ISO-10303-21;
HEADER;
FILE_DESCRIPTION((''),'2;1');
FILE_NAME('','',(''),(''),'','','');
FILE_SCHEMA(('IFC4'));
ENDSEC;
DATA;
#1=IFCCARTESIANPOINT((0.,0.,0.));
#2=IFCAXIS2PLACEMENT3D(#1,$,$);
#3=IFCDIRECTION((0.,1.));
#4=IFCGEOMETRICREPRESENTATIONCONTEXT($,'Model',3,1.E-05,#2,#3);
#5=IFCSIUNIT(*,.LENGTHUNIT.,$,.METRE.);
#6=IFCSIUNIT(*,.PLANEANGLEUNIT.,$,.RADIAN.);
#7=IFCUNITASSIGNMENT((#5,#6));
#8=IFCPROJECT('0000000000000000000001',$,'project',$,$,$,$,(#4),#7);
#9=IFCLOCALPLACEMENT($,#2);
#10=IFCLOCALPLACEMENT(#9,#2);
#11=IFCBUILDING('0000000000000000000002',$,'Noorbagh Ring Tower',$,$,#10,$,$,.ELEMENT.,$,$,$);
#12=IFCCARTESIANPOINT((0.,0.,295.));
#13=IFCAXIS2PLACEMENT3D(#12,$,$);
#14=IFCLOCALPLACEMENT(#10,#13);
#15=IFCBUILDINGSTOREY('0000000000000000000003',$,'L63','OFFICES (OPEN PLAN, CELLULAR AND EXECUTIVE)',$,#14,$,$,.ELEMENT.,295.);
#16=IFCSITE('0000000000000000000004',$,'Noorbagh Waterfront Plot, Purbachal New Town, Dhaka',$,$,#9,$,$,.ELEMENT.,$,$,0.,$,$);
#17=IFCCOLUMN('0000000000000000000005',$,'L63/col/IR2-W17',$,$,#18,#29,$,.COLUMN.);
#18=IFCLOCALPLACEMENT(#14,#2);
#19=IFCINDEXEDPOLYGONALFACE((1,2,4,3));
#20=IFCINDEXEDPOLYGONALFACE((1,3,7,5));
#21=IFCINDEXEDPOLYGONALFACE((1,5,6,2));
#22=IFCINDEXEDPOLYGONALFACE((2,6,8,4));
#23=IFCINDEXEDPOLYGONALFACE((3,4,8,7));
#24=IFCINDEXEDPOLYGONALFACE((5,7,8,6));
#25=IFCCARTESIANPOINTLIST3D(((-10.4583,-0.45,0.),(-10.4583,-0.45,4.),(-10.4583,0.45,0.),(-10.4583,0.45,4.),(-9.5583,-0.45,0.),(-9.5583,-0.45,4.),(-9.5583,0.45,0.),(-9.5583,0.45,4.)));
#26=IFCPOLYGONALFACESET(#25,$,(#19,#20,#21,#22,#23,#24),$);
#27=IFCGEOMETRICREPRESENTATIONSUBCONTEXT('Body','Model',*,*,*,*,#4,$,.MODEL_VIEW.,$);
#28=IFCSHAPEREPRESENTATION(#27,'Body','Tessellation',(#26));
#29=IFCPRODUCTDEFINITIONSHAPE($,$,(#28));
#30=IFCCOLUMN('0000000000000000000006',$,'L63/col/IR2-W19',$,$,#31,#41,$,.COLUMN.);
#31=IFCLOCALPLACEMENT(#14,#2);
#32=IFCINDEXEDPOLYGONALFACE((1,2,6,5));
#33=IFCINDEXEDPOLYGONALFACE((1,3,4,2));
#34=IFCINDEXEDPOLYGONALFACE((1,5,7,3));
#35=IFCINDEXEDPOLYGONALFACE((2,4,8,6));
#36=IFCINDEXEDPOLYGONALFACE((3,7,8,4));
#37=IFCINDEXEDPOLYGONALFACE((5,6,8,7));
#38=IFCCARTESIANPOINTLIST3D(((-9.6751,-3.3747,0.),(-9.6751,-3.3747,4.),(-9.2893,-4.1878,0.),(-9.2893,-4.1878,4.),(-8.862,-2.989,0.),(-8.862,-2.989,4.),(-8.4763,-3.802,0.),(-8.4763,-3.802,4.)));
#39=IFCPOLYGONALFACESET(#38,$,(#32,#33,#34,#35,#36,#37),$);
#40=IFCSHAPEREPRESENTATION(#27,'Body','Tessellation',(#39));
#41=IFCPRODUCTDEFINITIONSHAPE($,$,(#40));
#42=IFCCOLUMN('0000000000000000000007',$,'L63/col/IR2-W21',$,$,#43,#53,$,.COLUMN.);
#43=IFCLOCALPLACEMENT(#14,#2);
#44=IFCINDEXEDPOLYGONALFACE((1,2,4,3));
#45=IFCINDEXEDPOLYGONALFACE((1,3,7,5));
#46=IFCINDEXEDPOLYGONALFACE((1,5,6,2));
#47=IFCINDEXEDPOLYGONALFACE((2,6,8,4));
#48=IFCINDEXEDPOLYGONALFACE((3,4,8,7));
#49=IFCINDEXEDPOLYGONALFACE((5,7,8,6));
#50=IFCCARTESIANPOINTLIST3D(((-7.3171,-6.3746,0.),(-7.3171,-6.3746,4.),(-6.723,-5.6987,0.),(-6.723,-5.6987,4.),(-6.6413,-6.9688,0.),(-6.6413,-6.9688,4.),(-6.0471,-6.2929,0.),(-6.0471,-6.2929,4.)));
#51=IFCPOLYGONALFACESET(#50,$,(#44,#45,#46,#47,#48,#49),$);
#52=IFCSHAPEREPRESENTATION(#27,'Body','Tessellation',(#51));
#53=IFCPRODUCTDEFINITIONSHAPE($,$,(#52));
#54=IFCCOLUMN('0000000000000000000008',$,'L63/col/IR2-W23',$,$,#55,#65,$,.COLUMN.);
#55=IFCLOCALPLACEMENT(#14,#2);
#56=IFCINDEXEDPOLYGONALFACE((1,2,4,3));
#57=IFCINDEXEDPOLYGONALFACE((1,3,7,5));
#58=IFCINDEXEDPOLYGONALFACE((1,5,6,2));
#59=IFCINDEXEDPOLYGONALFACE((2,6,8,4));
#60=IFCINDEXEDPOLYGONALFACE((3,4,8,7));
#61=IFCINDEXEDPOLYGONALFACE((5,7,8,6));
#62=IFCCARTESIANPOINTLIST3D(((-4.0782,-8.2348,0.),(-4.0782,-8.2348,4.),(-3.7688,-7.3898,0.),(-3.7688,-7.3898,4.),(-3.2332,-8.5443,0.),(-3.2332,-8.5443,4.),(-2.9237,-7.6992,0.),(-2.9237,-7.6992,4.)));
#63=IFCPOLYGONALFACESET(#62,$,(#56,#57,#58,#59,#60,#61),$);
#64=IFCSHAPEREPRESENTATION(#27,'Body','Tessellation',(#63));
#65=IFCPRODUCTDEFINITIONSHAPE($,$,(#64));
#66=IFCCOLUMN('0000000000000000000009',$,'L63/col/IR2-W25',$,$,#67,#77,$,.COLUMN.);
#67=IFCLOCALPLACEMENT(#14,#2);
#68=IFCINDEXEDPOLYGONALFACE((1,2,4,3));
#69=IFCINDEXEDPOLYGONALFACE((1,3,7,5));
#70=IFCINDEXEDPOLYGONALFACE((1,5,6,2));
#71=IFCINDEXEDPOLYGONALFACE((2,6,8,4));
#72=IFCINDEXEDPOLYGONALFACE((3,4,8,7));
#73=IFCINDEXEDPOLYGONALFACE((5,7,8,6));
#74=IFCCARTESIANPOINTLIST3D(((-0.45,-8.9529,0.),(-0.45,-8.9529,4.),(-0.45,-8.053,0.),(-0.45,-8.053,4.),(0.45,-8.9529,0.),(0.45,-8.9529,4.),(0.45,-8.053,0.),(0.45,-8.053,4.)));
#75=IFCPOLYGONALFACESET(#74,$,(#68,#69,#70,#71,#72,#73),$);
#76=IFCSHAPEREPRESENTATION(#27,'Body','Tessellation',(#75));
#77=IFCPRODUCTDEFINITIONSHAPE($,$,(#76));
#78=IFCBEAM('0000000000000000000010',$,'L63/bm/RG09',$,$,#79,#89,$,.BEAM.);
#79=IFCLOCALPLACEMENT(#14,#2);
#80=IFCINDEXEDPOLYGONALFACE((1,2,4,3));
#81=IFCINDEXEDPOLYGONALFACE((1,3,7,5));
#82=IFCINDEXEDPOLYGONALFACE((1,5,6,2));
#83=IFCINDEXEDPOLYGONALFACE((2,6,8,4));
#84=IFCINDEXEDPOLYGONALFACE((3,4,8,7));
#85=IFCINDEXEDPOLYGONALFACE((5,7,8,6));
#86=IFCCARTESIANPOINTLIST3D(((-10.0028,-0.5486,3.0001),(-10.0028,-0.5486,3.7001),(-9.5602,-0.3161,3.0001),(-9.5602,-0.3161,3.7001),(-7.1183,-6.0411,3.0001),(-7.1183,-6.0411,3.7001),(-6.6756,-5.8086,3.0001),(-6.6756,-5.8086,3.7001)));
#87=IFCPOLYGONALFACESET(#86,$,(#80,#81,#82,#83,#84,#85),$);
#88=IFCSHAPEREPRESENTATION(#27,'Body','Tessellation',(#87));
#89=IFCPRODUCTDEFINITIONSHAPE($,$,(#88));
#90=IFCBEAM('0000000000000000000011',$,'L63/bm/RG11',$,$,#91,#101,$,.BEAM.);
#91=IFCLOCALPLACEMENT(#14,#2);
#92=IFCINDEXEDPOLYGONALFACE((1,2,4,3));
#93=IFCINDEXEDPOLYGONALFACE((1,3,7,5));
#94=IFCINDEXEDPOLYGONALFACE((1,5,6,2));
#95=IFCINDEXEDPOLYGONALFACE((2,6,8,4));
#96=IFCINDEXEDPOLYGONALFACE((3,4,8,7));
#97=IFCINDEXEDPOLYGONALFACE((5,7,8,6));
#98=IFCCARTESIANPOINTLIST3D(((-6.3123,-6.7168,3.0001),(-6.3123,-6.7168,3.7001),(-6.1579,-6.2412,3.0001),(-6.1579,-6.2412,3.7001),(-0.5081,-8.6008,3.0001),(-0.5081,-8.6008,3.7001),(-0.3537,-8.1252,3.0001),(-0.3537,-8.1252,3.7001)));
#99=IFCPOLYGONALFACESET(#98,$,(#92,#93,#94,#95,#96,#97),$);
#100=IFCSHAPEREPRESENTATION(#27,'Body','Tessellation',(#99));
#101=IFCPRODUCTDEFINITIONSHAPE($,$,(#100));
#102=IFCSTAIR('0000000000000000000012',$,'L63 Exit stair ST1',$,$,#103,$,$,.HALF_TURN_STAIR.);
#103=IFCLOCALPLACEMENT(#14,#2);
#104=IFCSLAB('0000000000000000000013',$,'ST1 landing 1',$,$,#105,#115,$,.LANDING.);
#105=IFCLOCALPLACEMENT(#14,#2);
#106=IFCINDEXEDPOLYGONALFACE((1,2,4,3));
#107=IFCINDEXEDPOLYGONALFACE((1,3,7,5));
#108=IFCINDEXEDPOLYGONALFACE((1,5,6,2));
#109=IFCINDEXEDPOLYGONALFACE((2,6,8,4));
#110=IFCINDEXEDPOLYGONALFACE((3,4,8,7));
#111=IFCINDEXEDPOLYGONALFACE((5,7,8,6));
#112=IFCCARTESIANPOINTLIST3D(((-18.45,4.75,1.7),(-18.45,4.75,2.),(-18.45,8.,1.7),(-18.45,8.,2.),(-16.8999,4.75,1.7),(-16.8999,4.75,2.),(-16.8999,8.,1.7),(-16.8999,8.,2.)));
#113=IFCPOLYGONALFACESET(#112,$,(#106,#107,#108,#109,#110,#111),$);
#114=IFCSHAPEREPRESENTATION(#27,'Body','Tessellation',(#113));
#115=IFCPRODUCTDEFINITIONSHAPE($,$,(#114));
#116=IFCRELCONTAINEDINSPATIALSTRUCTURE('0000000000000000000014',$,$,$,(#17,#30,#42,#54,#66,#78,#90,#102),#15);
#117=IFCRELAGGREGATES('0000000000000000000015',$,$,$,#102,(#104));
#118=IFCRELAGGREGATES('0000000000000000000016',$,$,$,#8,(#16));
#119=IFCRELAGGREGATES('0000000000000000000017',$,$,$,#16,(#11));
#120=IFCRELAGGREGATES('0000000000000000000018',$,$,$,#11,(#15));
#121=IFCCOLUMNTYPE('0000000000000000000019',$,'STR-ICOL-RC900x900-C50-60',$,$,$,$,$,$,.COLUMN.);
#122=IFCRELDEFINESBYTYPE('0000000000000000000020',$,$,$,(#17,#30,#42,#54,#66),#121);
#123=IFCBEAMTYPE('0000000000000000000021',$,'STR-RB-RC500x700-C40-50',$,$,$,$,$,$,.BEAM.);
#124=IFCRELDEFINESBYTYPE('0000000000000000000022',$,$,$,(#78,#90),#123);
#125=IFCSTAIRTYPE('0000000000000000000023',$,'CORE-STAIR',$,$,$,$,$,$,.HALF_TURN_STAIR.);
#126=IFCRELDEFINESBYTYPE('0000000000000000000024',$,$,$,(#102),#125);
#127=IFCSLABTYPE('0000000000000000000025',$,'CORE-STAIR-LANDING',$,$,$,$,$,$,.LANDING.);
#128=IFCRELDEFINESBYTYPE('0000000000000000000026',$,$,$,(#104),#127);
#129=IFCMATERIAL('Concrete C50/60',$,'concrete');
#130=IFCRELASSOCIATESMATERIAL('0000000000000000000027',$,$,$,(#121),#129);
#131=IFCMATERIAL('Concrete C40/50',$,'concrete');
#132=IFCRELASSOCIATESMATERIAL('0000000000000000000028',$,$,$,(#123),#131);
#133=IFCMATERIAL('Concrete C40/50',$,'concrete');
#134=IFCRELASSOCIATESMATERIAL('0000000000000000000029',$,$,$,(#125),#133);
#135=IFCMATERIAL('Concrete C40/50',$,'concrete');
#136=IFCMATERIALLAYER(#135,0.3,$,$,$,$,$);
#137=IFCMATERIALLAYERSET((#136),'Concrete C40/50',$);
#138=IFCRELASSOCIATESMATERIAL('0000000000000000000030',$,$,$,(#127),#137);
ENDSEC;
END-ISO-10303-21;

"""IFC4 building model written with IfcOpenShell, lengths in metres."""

from ifc_helpers import new_model, si_unit, direction, frame, origin, origin_2d, place, context, subcontext, project, spatial, polyline, rectangle, outline, extrude, material, layer, layer_set, material_profile, profile_set, type_object, element, aggregate, save


model = new_model("IFC4")

# Units and contexts
model_context = context("Model", 3, precision=1e-05, world=origin(), true_north=direction((0.0, 1.0)))
body_context = subcontext(model_context, "Body", "Model", "MODEL_VIEW")
ifc_project = project(units=[si_unit("LENGTHUNIT", "METRE"), si_unit("PLANEANGLEUNIT", "RADIAN")], contexts=[model_context])

# Site, building, storey
site_placement = place(None, origin())
site = spatial("IfcSite", under=ifc_project, at=site_placement, Name="Noorbagh Waterfront Plot, Purbachal New Town, Dhaka", CompositionType="ELEMENT", RefElevation=0.0)
building_placement = place(site_placement, origin())
building = spatial("IfcBuilding", under=site, at=building_placement, Name="Noorbagh Ring Tower", CompositionType="ELEMENT")
storey_placement = place(building_placement, frame((0.0, 0.0, 295.0)))
storey = spatial("IfcBuildingStorey", under=building, at=storey_placement, Name="L63", Description="OFFICES (OPEN PLAN, CELLULAR AND EXECUTIVE)", CompositionType="ELEMENT", Elevation=295.0)

# Columns
ifc_material_1 = material(Name="Concrete C50/60", Category="concrete")
ifc_material_profile_1 = material_profile(ifc_material_1, rectangle(XDim=0.8999, YDim=0.8999, at=origin_2d()), Name="RC900x900")
ifc_profile_set_1 = profile_set([ifc_material_profile_1], Name="Concrete C50/60")
column_type = type_object("IfcColumnType", Name="STR-ICOL-RC900x900-C50-60", PredefinedType="COLUMN", material=ifc_profile_set_1)
for number, where, z_axis, x_axis, name in (
    (1, (-10.0083, 0.0, 0.0), (0.0, 0.0, 1.0), (0.0, -1.0, 0.0), "L63/col/IR2-W17"),
    (2, (-9.0757, -3.5884, 0.0), (0.0, 0.0, 1.0), (0.428667, -0.903463, 0.0), "L63/col/IR2-W19"),
    (3, (-6.6821, -6.3337, 0.0), (0.0, 0.0, 1.0), (0.751022, -0.660277, 0.0), "L63/col/IR2-W21"),
    (4, (-3.501, -7.967, 0.0), (0.0, 0.0, 1.0), (0.93902, -0.343864, 0.0), "L63/col/IR2-W23"),
    (5, (0.0, -8.5029, 0.0), (0.0, 0.0, 1.0), (1.0, 0.0, 0.0), "L63/col/IR2-W25"),
):
    element("IfcColumn", number, at=place(storey_placement, frame(where, z_axis=z_axis, x_axis=x_axis)), inside=storey, type_object=column_type, Name=name, PredefinedType="COLUMN", context=body_context, shape_type="SweptSolid", body=[
        extrude(rectangle(XDim=0.8999, YDim=0.8999, at=origin_2d()), origin(), (0.0, 0.0, 1.0), 4.0),
    ])

# Beams
ifc_material_2 = material(Name="Concrete C40/50", Category="concrete")
ifc_material_profile_2 = material_profile(ifc_material_2, rectangle(XDim=0.5, YDim=0.7, at=origin_2d()), Name="RC500x700")
ifc_profile_set_2 = profile_set([ifc_material_profile_2], Name="Concrete C40/50")
beam_type = type_object("IfcBeamType", Name="STR-RB-RC500x700-C40-50", PredefinedType="BEAM", material=ifc_profile_set_2)
beam_1_placement = place(storey_placement, frame((-9.7815, -0.4324, 3.3501), z_axis=(0.46496, -0.885332, 0.0), x_axis=(0.885332, 0.46496, 0.0)))
element("IfcBeam", 6, at=beam_1_placement, inside=storey, type_object=beam_type, Name="L63/bm/RG09", PredefinedType="BEAM", context=body_context, shape_type="SweptSolid", body=[
    extrude(rectangle(XDim=0.5, YDim=0.7, at=origin_2d()), origin(), (0.0, 0.0, 1.0), 6.2039),
])
beam_2_placement = place(storey_placement, frame((-6.2351, -6.479, 3.3501), z_axis=(0.951146, -0.30874, 0.0), x_axis=(0.30874, 0.951146, 0.0)))
element("IfcBeam", 7, at=beam_2_placement, inside=storey, type_object=beam_type, Name="L63/bm/RG11", PredefinedType="BEAM", context=body_context, shape_type="SweptSolid", body=[
    extrude(rectangle(XDim=0.5, YDim=0.7, at=origin_2d()), origin(), (0.0, 0.0, 1.0), 6.1023),
])

# Stair, slab
ifc_material_3 = material(Name="Concrete C40/50", Category="concrete")
stair_type = type_object("IfcStairType", Name="CORE-STAIR", PredefinedType="HALF_TURN_STAIR", material=ifc_material_3)
stair_1_placement = place(storey_placement, origin())
stair_1 = element("IfcStair", 8, at=stair_1_placement, inside=storey, type_object=stair_type, Name="L63 Exit stair ST1", PredefinedType="HALF_TURN_STAIR")
ifc_material_4 = material(Name="Concrete C40/50", Category="concrete")
ifc_layer_1 = layer(ifc_material_4, 0.3)
ifc_layer_set_1 = layer_set([ifc_layer_1], Name="Concrete C40/50")
slab_type_1 = type_object("IfcSlabType", Name="CORE-STAIR-LANDING", PredefinedType="LANDING", material=ifc_layer_set_1)
slab_1_placement = place(storey_placement, frame((0.0, 0.0, 1.7)))
slab_1 = element("IfcSlab", 9, at=slab_1_placement, type_object=slab_type_1, Name="ST1 landing 1", PredefinedType="LANDING", context=body_context, shape_type="SweptSolid", body=[
    extrude(outline(polyline([(-18.45, 4.75), (-16.8999, 4.75), (-16.8999, 8.0), (-18.45, 8.0), (-18.45, 4.75)])), origin(), (0.0, 0.0, 1.0), 0.3),
])
aggregate(stair_1, [slab_1])

save(model, "model.ifc")
